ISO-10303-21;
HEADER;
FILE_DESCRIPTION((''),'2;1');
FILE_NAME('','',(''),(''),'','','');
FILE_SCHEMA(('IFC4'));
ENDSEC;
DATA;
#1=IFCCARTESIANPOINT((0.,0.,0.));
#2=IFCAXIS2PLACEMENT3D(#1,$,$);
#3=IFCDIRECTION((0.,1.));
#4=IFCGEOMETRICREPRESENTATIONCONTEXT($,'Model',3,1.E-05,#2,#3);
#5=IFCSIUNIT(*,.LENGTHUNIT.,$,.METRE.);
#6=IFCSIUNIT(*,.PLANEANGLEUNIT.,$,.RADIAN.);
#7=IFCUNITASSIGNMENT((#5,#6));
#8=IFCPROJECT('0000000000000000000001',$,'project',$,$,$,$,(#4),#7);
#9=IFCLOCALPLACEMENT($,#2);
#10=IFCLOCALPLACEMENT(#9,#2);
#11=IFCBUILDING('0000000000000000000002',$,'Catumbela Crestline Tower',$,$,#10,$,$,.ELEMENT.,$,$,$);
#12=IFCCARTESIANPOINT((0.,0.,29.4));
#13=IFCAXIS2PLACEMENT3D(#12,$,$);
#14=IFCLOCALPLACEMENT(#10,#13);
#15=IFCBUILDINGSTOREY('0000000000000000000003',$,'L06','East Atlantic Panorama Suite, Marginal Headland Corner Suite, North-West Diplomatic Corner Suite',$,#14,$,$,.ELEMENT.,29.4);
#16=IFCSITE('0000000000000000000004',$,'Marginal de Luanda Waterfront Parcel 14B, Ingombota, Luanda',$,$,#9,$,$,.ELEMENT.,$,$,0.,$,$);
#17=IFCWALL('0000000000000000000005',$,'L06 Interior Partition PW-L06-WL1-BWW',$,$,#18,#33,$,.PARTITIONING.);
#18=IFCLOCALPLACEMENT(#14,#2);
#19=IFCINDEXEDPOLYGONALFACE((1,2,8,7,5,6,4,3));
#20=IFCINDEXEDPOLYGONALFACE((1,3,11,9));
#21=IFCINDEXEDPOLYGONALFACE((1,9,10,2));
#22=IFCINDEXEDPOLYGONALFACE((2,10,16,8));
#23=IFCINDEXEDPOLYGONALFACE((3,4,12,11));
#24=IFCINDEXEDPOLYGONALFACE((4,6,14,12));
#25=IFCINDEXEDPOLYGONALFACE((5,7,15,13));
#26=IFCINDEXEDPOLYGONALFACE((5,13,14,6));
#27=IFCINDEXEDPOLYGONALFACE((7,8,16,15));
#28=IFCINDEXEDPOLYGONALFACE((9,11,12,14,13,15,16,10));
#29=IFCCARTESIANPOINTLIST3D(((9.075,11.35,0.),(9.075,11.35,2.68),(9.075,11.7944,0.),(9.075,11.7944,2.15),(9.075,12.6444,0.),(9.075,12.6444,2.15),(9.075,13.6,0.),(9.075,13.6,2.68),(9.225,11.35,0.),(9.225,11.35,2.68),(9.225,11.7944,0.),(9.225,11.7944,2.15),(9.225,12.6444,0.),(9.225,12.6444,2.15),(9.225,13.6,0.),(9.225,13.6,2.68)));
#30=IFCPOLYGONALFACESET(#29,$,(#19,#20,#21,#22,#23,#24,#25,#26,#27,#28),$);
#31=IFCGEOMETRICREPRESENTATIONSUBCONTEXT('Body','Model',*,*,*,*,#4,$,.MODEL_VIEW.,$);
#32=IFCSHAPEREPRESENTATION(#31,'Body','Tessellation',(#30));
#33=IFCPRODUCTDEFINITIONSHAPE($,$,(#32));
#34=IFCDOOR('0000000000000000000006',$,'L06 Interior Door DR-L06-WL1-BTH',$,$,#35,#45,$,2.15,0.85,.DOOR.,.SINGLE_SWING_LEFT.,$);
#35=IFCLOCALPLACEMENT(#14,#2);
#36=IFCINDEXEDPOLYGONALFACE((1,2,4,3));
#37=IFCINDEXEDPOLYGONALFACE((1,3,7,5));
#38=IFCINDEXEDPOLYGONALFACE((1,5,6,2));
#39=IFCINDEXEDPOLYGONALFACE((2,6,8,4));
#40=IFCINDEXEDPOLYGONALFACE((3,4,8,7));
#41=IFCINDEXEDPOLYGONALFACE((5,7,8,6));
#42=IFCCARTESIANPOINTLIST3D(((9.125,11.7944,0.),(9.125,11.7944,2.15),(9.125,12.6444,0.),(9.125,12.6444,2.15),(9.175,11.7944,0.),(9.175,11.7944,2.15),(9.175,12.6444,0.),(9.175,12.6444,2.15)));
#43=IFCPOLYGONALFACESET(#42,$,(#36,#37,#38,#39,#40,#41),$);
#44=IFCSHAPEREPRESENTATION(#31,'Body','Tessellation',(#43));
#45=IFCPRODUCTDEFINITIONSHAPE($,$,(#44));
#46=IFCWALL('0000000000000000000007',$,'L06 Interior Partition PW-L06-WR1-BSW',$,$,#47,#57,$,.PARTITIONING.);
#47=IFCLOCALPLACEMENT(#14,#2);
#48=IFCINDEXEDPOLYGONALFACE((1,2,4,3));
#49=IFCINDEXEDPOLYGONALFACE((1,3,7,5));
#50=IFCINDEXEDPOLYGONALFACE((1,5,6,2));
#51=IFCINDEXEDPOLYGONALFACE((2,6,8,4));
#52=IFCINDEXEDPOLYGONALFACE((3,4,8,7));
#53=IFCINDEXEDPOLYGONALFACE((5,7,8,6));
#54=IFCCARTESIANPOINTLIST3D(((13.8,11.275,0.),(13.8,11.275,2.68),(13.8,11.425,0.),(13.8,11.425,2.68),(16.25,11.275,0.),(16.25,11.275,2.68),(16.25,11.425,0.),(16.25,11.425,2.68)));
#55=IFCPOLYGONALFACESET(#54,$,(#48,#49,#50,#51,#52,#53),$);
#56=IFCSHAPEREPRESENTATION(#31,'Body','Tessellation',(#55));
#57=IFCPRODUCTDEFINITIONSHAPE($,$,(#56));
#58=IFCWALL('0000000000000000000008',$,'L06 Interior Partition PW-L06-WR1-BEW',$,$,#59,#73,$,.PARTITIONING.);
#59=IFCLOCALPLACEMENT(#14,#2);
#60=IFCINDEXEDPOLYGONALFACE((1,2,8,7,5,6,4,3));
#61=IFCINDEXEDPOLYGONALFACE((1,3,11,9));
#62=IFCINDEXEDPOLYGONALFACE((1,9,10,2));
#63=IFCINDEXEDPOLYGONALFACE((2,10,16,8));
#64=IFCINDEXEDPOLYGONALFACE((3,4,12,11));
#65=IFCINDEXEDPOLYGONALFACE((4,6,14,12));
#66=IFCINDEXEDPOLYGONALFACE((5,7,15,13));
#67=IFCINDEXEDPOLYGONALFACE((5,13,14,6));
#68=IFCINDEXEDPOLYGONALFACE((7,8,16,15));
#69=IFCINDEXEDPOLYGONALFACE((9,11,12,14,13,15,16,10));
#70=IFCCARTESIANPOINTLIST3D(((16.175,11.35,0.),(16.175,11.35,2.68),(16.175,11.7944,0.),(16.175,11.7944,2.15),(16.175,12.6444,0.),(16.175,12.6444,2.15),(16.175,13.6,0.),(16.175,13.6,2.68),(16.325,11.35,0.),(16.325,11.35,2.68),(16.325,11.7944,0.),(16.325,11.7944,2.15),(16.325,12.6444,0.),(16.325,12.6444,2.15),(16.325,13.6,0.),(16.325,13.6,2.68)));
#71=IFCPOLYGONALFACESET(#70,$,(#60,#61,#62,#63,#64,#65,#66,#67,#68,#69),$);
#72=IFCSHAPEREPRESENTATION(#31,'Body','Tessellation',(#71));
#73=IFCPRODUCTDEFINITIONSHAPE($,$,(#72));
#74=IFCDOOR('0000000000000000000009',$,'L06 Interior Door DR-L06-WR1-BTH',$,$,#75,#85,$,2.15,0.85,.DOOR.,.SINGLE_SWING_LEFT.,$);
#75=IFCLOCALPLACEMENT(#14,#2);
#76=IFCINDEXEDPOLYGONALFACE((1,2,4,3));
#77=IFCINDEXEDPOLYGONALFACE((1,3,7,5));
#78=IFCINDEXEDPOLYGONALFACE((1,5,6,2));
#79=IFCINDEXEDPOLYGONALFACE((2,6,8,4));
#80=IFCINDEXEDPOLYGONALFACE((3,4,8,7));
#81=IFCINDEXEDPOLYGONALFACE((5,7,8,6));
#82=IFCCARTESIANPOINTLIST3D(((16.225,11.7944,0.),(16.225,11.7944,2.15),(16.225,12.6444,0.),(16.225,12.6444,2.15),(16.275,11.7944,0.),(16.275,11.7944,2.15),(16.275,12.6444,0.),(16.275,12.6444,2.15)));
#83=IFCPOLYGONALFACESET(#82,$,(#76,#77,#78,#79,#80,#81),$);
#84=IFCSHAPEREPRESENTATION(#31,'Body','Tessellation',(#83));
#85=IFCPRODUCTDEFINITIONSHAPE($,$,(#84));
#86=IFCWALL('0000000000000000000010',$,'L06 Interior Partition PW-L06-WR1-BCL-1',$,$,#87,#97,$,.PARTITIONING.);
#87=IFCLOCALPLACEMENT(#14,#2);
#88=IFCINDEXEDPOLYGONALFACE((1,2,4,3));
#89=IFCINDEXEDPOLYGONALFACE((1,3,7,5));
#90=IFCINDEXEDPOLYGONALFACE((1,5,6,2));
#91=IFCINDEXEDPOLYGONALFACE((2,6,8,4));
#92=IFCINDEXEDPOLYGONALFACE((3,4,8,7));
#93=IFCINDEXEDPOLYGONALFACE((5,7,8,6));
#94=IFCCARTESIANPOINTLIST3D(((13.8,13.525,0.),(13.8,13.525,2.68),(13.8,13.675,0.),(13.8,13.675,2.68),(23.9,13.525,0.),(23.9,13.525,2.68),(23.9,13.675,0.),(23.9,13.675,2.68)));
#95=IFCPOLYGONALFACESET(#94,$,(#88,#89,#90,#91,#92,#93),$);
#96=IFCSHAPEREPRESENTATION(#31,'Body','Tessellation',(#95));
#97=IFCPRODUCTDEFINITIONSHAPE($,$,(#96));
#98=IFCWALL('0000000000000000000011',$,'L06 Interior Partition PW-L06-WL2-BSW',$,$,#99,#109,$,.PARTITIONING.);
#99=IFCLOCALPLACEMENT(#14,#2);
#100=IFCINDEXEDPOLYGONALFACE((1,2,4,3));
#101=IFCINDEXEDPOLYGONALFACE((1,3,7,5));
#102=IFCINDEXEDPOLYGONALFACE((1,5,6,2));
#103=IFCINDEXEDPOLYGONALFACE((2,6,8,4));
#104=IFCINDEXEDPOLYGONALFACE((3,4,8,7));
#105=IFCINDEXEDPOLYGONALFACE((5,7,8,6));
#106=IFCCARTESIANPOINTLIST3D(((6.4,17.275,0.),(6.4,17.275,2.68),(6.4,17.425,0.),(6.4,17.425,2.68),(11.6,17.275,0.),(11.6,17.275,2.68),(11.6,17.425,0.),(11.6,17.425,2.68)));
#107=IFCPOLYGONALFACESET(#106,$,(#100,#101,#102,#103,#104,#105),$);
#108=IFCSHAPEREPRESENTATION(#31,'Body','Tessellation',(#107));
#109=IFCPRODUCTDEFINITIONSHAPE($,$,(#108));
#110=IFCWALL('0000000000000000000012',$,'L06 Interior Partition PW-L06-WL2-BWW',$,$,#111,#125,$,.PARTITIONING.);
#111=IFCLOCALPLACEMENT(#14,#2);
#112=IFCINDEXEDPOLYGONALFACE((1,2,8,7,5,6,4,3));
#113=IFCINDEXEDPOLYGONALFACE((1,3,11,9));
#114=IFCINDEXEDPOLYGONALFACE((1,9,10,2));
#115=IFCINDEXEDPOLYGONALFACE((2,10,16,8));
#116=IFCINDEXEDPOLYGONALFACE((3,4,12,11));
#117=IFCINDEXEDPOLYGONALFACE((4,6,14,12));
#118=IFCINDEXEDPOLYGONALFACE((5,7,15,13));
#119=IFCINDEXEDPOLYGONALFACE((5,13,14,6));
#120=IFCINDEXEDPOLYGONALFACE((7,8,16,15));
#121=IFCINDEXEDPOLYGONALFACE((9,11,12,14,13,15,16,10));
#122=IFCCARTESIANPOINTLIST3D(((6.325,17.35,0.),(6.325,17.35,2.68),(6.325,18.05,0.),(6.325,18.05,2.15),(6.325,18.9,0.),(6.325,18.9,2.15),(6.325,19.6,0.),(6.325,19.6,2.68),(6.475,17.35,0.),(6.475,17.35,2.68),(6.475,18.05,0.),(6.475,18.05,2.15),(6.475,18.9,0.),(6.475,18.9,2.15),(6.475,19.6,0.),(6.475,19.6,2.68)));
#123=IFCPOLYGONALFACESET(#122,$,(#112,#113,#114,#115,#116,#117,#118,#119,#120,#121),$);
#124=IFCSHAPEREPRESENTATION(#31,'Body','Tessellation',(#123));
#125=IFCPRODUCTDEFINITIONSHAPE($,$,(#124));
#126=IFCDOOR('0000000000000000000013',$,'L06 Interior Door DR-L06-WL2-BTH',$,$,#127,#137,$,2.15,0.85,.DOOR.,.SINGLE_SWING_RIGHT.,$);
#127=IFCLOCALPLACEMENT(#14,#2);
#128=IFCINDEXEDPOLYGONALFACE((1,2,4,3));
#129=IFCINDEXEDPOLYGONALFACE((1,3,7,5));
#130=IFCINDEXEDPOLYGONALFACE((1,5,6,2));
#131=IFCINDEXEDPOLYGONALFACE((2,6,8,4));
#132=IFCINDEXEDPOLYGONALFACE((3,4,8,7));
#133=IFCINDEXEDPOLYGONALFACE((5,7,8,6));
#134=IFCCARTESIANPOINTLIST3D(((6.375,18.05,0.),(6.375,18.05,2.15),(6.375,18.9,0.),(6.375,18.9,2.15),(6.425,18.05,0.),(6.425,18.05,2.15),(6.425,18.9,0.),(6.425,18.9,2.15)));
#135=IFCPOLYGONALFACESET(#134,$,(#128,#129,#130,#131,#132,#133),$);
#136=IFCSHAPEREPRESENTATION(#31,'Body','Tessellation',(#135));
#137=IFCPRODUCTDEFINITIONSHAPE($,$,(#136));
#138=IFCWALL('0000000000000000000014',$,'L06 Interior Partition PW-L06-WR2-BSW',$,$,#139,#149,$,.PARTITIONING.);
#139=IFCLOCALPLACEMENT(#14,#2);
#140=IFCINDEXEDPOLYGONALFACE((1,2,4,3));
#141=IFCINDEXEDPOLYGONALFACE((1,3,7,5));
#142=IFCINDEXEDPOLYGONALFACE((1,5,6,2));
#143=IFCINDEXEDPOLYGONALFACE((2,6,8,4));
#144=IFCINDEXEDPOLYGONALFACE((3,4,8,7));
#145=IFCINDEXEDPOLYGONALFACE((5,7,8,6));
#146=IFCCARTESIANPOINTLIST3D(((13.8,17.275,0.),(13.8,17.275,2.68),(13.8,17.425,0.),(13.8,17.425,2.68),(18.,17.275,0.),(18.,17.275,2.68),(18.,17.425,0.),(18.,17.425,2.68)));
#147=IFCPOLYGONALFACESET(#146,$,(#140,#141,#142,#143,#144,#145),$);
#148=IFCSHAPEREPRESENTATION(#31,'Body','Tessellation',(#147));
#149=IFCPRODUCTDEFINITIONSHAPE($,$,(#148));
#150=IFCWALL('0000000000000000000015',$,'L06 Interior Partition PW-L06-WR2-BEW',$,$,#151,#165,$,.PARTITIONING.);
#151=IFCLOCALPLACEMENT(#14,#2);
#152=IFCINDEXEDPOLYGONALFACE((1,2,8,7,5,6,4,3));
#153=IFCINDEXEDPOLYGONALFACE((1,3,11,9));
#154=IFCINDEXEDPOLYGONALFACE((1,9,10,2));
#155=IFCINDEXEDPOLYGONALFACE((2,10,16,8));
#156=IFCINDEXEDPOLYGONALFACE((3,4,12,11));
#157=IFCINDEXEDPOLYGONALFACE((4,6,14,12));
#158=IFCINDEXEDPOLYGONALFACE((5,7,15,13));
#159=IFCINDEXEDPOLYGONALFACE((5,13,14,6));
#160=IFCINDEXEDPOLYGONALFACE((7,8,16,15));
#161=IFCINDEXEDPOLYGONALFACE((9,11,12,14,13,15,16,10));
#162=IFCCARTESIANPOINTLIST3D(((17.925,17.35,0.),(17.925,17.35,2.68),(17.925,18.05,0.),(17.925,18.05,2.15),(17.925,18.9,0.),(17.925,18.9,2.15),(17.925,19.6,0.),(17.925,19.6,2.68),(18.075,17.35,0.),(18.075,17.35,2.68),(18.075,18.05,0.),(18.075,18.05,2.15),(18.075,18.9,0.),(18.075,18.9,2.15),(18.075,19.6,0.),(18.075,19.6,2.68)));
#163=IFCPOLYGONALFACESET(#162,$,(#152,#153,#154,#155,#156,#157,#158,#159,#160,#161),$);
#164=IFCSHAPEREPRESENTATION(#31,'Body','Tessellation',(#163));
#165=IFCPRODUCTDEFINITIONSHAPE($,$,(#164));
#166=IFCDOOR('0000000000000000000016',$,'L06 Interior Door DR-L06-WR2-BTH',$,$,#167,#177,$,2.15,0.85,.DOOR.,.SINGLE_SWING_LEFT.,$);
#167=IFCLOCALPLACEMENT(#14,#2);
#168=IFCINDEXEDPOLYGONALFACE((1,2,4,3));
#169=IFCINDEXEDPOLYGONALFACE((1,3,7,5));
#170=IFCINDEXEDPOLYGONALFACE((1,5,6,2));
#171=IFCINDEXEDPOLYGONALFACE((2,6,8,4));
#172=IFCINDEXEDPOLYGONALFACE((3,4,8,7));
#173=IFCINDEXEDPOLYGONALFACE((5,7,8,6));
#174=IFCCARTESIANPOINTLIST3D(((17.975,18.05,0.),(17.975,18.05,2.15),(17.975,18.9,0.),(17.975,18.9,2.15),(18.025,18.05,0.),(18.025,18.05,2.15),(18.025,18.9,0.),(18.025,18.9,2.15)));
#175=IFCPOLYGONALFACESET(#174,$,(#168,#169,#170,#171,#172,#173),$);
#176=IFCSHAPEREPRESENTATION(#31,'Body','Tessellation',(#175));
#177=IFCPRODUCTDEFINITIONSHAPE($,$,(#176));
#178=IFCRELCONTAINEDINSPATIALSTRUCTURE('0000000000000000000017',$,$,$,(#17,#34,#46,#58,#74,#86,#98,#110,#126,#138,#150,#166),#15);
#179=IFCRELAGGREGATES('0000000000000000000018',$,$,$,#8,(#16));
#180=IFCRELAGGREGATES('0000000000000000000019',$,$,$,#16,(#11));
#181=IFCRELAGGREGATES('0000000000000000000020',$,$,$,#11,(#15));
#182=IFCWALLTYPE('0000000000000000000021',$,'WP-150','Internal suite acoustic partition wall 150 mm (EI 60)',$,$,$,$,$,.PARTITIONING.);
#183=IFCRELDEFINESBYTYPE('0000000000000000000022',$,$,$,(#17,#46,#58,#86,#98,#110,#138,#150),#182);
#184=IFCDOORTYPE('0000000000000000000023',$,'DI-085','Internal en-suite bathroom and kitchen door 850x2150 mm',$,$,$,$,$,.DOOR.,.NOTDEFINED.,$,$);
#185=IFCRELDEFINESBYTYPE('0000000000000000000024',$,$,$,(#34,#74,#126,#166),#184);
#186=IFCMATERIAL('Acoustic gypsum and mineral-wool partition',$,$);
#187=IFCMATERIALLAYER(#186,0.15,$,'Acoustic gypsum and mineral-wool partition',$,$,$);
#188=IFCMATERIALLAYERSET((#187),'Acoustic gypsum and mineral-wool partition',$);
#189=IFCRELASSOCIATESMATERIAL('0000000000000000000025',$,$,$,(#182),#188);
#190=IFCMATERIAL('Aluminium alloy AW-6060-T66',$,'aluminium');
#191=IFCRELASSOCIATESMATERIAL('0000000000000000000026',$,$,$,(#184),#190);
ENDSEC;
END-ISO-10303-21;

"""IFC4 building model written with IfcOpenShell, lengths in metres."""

from ifc_helpers import new_model, si_unit, direction, frame, frame_2d, origin, place, context, subcontext, project, spatial, rectangle, extrude, material, layer, layer_set, type_object, element, fill, save


model = new_model("IFC4")

# Units and contexts
model_context = context("Model", 3, precision=1e-05, world=origin(), true_north=direction((0.0, 1.0)))
body_context = subcontext(model_context, "Body", "Model", "MODEL_VIEW")
ifc_project = project(units=[si_unit("LENGTHUNIT", "METRE"), si_unit("PLANEANGLEUNIT", "RADIAN")], contexts=[model_context])

# Site, building, storey
site_placement = place(None, origin())
site = spatial("IfcSite", under=ifc_project, at=site_placement, Name="Marginal de Luanda Waterfront Parcel 14B, Ingombota, Luanda", CompositionType="ELEMENT", RefElevation=0.0)
building_placement = place(site_placement, origin())
building = spatial("IfcBuilding", under=site, at=building_placement, Name="Catumbela Crestline Tower", CompositionType="ELEMENT")
storey_placement = place(building_placement, frame((0.0, 0.0, 29.4)))
storey = spatial("IfcBuildingStorey", under=building, at=storey_placement, Name="L06", Description="East Atlantic Panorama Suite, Marginal Headland Corner Suite, North-West Diplomatic Corner Suite", CompositionType="ELEMENT", Elevation=29.4)

# Shared definitions
ifc_material_1 = material(Name="Acoustic gypsum and mineral-wool partition")
ifc_layer = layer(ifc_material_1, 0.15, Name="Acoustic gypsum and mineral-wool partition")
ifc_layer_set = layer_set([ifc_layer], Name="Acoustic gypsum and mineral-wool partition")
wall_type = type_object("IfcWallType", Name="WP-150", Description="Internal suite acoustic partition wall 150 mm (EI 60)", PredefinedType="PARTITIONING", material=ifc_layer_set)

# Wall, opening, door
wall_1_placement = place(storey_placement, frame((9.15, 11.35, 0.0), z_axis=(0.0, 0.0, 1.0), x_axis=(0.0, 1.0, 0.0)))
wall_1 = element("IfcWall", 1, at=wall_1_placement, inside=storey, type_object=wall_type, Name="L06 Interior Partition PW-L06-WL1-BWW", PredefinedType="PARTITIONING", context=body_context, shape_type="SweptSolid", body=[
    extrude(rectangle(XDim=2.25, YDim=0.15, at=frame_2d((1.125, 0.0))), origin(), (0.0, 0.0, 1.0), 2.68),
])
opening_1_placement = place(wall_1_placement, frame((0.4444, 0.0, 0.0)))
opening_1 = element("IfcOpeningElement", 2, at=opening_1_placement, cuts=wall_1, PredefinedType="OPENING", context=body_context, shape_type="SweptSolid", body=[
    extrude(rectangle(XDim=0.85, YDim=2.15, at=frame_2d((0.425, 1.075))), frame((0.0, 0.085, 0.0), z_axis=(0.0, -1.0, 0.0), x_axis=(1.0, 0.0, 0.0)), (0.0, 0.0, 1.0), 0.17),
])
ifc_material_2 = material(Name="Aluminium alloy AW-6060-T66", Category="aluminium")
door_type = type_object("IfcDoorType", Name="DI-085", Description="Internal en-suite bathroom and kitchen door 850x2150 mm", OperationType="NOTDEFINED", PredefinedType="DOOR", material=ifc_material_2)
door_1_placement = place(opening_1_placement, origin())
door_1 = element("IfcDoor", 3, at=door_1_placement, inside=storey, type_object=door_type, Name="L06 Interior Door DR-L06-WL1-BTH", OperationType="SINGLE_SWING_LEFT", OverallHeight=2.15, OverallWidth=0.85, PredefinedType="DOOR", context=body_context, shape_type="SweptSolid", body=[
    extrude(rectangle(XDim=0.85, YDim=2.15, at=frame_2d((0.425, 1.075))), frame((0.0, 0.025, 0.0), z_axis=(0.0, -1.0, 0.0), x_axis=(1.0, 0.0, 0.0)), (0.0, 0.0, 1.0), 0.05),
])
fill(opening_1, door_1)

# Wall
wall_2_placement = place(storey_placement, frame((13.8, 11.35, 0.0), z_axis=(0.0, 0.0, 1.0), x_axis=(1.0, 0.0, 0.0)))
element("IfcWall", 4, at=wall_2_placement, inside=storey, type_object=wall_type, Name="L06 Interior Partition PW-L06-WR1-BSW", PredefinedType="PARTITIONING", context=body_context, shape_type="SweptSolid", body=[
    extrude(rectangle(XDim=2.45, YDim=0.15, at=frame_2d((1.225, 0.0))), origin(), (0.0, 0.0, 1.0), 2.68),
])

# Wall, opening, door
wall_3_placement = place(storey_placement, frame((16.25, 11.35, 0.0), z_axis=(0.0, 0.0, 1.0), x_axis=(0.0, 1.0, 0.0)))
wall_3 = element("IfcWall", 5, at=wall_3_placement, inside=storey, type_object=wall_type, Name="L06 Interior Partition PW-L06-WR1-BEW", PredefinedType="PARTITIONING", context=body_context, shape_type="SweptSolid", body=[
    extrude(rectangle(XDim=2.25, YDim=0.15, at=frame_2d((1.125, 0.0))), origin(), (0.0, 0.0, 1.0), 2.68),
])
opening_2_placement = place(wall_3_placement, frame((0.4444, 0.0, 0.0)))
opening_2 = element("IfcOpeningElement", 6, at=opening_2_placement, cuts=wall_3, PredefinedType="OPENING", context=body_context, shape_type="SweptSolid", body=[
    extrude(rectangle(XDim=0.85, YDim=2.15, at=frame_2d((0.425, 1.075))), frame((0.0, 0.085, 0.0), z_axis=(0.0, -1.0, 0.0), x_axis=(1.0, 0.0, 0.0)), (0.0, 0.0, 1.0), 0.17),
])
door_2_placement = place(opening_2_placement, origin())
door_2 = element("IfcDoor", 7, at=door_2_placement, inside=storey, type_object=door_type, Name="L06 Interior Door DR-L06-WR1-BTH", OperationType="SINGLE_SWING_LEFT", OverallHeight=2.15, OverallWidth=0.85, PredefinedType="DOOR", context=body_context, shape_type="SweptSolid", body=[
    extrude(rectangle(XDim=0.85, YDim=2.15, at=frame_2d((0.425, 1.075))), frame((0.0, 0.025, 0.0), z_axis=(0.0, -1.0, 0.0), x_axis=(1.0, 0.0, 0.0)), (0.0, 0.0, 1.0), 0.05),
])
fill(opening_2, door_2)

# Walls
wall_4_placement = place(storey_placement, frame((13.8, 13.6, 0.0), z_axis=(0.0, 0.0, 1.0), x_axis=(1.0, 0.0, 0.0)))
element("IfcWall", 8, at=wall_4_placement, inside=storey, type_object=wall_type, Name="L06 Interior Partition PW-L06-WR1-BCL-1", PredefinedType="PARTITIONING", context=body_context, shape_type="SweptSolid", body=[
    extrude(rectangle(XDim=10.1, YDim=0.15, at=frame_2d((5.05, 0.0))), origin(), (0.0, 0.0, 1.0), 2.68),
])
wall_5_placement = place(storey_placement, frame((6.4, 17.35, 0.0), z_axis=(0.0, 0.0, 1.0), x_axis=(1.0, 0.0, 0.0)))
element("IfcWall", 9, at=wall_5_placement, inside=storey, type_object=wall_type, Name="L06 Interior Partition PW-L06-WL2-BSW", PredefinedType="PARTITIONING", context=body_context, shape_type="SweptSolid", body=[
    extrude(rectangle(XDim=5.2, YDim=0.15, at=frame_2d((2.6, 0.0))), origin(), (0.0, 0.0, 1.0), 2.68),
])

# Wall, opening, door
wall_6_placement = place(storey_placement, frame((6.4, 17.35, 0.0), z_axis=(0.0, 0.0, 1.0), x_axis=(0.0, 1.0, 0.0)))
wall_6 = element("IfcWall", 10, at=wall_6_placement, inside=storey, type_object=wall_type, Name="L06 Interior Partition PW-L06-WL2-BWW", PredefinedType="PARTITIONING", context=body_context, shape_type="SweptSolid", body=[
    extrude(rectangle(XDim=2.25, YDim=0.15, at=frame_2d((1.125, 0.0))), origin(), (0.0, 0.0, 1.0), 2.68),
])
opening_3_placement = place(wall_6_placement, frame((0.7, 0.0, 0.0)))
opening_3 = element("IfcOpeningElement", 11, at=opening_3_placement, cuts=wall_6, PredefinedType="OPENING", context=body_context, shape_type="SweptSolid", body=[
    extrude(rectangle(XDim=0.85, YDim=2.15, at=frame_2d((0.425, 1.075))), frame((0.0, 0.085, 0.0), z_axis=(0.0, -1.0, 0.0), x_axis=(1.0, 0.0, 0.0)), (0.0, 0.0, 1.0), 0.17),
])
door_3_placement = place(opening_3_placement, origin())
door_3 = element("IfcDoor", 12, at=door_3_placement, inside=storey, type_object=door_type, Name="L06 Interior Door DR-L06-WL2-BTH", OperationType="SINGLE_SWING_RIGHT", OverallHeight=2.15, OverallWidth=0.85, PredefinedType="DOOR", context=body_context, shape_type="SweptSolid", body=[
    extrude(rectangle(XDim=0.85, YDim=2.15, at=frame_2d((0.425, 1.075))), frame((0.0, 0.025, 0.0), z_axis=(0.0, -1.0, 0.0), x_axis=(1.0, 0.0, 0.0)), (0.0, 0.0, 1.0), 0.05),
])
fill(opening_3, door_3)

# Wall
wall_7_placement = place(storey_placement, frame((13.8, 17.35, 0.0), z_axis=(0.0, 0.0, 1.0), x_axis=(1.0, 0.0, 0.0)))
element("IfcWall", 13, at=wall_7_placement, inside=storey, type_object=wall_type, Name="L06 Interior Partition PW-L06-WR2-BSW", PredefinedType="PARTITIONING", context=body_context, shape_type="SweptSolid", body=[
    extrude(rectangle(XDim=4.2, YDim=0.15, at=frame_2d((2.1, 0.0))), origin(), (0.0, 0.0, 1.0), 2.68),
])

# Wall, opening, door
wall_8_placement = place(storey_placement, frame((18.0, 17.35, 0.0), z_axis=(0.0, 0.0, 1.0), x_axis=(0.0, 1.0, 0.0)))
wall_8 = element("IfcWall", 14, at=wall_8_placement, inside=storey, type_object=wall_type, Name="L06 Interior Partition PW-L06-WR2-BEW", PredefinedType="PARTITIONING", context=body_context, shape_type="SweptSolid", body=[
    extrude(rectangle(XDim=2.25, YDim=0.15, at=frame_2d((1.125, 0.0))), origin(), (0.0, 0.0, 1.0), 2.68),
])
opening_4_placement = place(wall_8_placement, frame((0.7, 0.0, 0.0)))
opening_4 = element("IfcOpeningElement", 15, at=opening_4_placement, cuts=wall_8, PredefinedType="OPENING", context=body_context, shape_type="SweptSolid", body=[
    extrude(rectangle(XDim=0.85, YDim=2.15, at=frame_2d((0.425, 1.075))), frame((0.0, 0.085, 0.0), z_axis=(0.0, -1.0, 0.0), x_axis=(1.0, 0.0, 0.0)), (0.0, 0.0, 1.0), 0.17),
])
door_4_placement = place(opening_4_placement, origin())
door_4 = element("IfcDoor", 16, at=door_4_placement, inside=storey, type_object=door_type, Name="L06 Interior Door DR-L06-WR2-BTH", OperationType="SINGLE_SWING_LEFT", OverallHeight=2.15, OverallWidth=0.85, PredefinedType="DOOR", context=body_context, shape_type="SweptSolid", body=[
    extrude(rectangle(XDim=0.85, YDim=2.15, at=frame_2d((0.425, 1.075))), frame((0.0, 0.025, 0.0), z_axis=(0.0, -1.0, 0.0), x_axis=(1.0, 0.0, 0.0)), (0.0, 0.0, 1.0), 0.05),
])
fill(opening_4, door_4)

save(model, "model.ifc")
